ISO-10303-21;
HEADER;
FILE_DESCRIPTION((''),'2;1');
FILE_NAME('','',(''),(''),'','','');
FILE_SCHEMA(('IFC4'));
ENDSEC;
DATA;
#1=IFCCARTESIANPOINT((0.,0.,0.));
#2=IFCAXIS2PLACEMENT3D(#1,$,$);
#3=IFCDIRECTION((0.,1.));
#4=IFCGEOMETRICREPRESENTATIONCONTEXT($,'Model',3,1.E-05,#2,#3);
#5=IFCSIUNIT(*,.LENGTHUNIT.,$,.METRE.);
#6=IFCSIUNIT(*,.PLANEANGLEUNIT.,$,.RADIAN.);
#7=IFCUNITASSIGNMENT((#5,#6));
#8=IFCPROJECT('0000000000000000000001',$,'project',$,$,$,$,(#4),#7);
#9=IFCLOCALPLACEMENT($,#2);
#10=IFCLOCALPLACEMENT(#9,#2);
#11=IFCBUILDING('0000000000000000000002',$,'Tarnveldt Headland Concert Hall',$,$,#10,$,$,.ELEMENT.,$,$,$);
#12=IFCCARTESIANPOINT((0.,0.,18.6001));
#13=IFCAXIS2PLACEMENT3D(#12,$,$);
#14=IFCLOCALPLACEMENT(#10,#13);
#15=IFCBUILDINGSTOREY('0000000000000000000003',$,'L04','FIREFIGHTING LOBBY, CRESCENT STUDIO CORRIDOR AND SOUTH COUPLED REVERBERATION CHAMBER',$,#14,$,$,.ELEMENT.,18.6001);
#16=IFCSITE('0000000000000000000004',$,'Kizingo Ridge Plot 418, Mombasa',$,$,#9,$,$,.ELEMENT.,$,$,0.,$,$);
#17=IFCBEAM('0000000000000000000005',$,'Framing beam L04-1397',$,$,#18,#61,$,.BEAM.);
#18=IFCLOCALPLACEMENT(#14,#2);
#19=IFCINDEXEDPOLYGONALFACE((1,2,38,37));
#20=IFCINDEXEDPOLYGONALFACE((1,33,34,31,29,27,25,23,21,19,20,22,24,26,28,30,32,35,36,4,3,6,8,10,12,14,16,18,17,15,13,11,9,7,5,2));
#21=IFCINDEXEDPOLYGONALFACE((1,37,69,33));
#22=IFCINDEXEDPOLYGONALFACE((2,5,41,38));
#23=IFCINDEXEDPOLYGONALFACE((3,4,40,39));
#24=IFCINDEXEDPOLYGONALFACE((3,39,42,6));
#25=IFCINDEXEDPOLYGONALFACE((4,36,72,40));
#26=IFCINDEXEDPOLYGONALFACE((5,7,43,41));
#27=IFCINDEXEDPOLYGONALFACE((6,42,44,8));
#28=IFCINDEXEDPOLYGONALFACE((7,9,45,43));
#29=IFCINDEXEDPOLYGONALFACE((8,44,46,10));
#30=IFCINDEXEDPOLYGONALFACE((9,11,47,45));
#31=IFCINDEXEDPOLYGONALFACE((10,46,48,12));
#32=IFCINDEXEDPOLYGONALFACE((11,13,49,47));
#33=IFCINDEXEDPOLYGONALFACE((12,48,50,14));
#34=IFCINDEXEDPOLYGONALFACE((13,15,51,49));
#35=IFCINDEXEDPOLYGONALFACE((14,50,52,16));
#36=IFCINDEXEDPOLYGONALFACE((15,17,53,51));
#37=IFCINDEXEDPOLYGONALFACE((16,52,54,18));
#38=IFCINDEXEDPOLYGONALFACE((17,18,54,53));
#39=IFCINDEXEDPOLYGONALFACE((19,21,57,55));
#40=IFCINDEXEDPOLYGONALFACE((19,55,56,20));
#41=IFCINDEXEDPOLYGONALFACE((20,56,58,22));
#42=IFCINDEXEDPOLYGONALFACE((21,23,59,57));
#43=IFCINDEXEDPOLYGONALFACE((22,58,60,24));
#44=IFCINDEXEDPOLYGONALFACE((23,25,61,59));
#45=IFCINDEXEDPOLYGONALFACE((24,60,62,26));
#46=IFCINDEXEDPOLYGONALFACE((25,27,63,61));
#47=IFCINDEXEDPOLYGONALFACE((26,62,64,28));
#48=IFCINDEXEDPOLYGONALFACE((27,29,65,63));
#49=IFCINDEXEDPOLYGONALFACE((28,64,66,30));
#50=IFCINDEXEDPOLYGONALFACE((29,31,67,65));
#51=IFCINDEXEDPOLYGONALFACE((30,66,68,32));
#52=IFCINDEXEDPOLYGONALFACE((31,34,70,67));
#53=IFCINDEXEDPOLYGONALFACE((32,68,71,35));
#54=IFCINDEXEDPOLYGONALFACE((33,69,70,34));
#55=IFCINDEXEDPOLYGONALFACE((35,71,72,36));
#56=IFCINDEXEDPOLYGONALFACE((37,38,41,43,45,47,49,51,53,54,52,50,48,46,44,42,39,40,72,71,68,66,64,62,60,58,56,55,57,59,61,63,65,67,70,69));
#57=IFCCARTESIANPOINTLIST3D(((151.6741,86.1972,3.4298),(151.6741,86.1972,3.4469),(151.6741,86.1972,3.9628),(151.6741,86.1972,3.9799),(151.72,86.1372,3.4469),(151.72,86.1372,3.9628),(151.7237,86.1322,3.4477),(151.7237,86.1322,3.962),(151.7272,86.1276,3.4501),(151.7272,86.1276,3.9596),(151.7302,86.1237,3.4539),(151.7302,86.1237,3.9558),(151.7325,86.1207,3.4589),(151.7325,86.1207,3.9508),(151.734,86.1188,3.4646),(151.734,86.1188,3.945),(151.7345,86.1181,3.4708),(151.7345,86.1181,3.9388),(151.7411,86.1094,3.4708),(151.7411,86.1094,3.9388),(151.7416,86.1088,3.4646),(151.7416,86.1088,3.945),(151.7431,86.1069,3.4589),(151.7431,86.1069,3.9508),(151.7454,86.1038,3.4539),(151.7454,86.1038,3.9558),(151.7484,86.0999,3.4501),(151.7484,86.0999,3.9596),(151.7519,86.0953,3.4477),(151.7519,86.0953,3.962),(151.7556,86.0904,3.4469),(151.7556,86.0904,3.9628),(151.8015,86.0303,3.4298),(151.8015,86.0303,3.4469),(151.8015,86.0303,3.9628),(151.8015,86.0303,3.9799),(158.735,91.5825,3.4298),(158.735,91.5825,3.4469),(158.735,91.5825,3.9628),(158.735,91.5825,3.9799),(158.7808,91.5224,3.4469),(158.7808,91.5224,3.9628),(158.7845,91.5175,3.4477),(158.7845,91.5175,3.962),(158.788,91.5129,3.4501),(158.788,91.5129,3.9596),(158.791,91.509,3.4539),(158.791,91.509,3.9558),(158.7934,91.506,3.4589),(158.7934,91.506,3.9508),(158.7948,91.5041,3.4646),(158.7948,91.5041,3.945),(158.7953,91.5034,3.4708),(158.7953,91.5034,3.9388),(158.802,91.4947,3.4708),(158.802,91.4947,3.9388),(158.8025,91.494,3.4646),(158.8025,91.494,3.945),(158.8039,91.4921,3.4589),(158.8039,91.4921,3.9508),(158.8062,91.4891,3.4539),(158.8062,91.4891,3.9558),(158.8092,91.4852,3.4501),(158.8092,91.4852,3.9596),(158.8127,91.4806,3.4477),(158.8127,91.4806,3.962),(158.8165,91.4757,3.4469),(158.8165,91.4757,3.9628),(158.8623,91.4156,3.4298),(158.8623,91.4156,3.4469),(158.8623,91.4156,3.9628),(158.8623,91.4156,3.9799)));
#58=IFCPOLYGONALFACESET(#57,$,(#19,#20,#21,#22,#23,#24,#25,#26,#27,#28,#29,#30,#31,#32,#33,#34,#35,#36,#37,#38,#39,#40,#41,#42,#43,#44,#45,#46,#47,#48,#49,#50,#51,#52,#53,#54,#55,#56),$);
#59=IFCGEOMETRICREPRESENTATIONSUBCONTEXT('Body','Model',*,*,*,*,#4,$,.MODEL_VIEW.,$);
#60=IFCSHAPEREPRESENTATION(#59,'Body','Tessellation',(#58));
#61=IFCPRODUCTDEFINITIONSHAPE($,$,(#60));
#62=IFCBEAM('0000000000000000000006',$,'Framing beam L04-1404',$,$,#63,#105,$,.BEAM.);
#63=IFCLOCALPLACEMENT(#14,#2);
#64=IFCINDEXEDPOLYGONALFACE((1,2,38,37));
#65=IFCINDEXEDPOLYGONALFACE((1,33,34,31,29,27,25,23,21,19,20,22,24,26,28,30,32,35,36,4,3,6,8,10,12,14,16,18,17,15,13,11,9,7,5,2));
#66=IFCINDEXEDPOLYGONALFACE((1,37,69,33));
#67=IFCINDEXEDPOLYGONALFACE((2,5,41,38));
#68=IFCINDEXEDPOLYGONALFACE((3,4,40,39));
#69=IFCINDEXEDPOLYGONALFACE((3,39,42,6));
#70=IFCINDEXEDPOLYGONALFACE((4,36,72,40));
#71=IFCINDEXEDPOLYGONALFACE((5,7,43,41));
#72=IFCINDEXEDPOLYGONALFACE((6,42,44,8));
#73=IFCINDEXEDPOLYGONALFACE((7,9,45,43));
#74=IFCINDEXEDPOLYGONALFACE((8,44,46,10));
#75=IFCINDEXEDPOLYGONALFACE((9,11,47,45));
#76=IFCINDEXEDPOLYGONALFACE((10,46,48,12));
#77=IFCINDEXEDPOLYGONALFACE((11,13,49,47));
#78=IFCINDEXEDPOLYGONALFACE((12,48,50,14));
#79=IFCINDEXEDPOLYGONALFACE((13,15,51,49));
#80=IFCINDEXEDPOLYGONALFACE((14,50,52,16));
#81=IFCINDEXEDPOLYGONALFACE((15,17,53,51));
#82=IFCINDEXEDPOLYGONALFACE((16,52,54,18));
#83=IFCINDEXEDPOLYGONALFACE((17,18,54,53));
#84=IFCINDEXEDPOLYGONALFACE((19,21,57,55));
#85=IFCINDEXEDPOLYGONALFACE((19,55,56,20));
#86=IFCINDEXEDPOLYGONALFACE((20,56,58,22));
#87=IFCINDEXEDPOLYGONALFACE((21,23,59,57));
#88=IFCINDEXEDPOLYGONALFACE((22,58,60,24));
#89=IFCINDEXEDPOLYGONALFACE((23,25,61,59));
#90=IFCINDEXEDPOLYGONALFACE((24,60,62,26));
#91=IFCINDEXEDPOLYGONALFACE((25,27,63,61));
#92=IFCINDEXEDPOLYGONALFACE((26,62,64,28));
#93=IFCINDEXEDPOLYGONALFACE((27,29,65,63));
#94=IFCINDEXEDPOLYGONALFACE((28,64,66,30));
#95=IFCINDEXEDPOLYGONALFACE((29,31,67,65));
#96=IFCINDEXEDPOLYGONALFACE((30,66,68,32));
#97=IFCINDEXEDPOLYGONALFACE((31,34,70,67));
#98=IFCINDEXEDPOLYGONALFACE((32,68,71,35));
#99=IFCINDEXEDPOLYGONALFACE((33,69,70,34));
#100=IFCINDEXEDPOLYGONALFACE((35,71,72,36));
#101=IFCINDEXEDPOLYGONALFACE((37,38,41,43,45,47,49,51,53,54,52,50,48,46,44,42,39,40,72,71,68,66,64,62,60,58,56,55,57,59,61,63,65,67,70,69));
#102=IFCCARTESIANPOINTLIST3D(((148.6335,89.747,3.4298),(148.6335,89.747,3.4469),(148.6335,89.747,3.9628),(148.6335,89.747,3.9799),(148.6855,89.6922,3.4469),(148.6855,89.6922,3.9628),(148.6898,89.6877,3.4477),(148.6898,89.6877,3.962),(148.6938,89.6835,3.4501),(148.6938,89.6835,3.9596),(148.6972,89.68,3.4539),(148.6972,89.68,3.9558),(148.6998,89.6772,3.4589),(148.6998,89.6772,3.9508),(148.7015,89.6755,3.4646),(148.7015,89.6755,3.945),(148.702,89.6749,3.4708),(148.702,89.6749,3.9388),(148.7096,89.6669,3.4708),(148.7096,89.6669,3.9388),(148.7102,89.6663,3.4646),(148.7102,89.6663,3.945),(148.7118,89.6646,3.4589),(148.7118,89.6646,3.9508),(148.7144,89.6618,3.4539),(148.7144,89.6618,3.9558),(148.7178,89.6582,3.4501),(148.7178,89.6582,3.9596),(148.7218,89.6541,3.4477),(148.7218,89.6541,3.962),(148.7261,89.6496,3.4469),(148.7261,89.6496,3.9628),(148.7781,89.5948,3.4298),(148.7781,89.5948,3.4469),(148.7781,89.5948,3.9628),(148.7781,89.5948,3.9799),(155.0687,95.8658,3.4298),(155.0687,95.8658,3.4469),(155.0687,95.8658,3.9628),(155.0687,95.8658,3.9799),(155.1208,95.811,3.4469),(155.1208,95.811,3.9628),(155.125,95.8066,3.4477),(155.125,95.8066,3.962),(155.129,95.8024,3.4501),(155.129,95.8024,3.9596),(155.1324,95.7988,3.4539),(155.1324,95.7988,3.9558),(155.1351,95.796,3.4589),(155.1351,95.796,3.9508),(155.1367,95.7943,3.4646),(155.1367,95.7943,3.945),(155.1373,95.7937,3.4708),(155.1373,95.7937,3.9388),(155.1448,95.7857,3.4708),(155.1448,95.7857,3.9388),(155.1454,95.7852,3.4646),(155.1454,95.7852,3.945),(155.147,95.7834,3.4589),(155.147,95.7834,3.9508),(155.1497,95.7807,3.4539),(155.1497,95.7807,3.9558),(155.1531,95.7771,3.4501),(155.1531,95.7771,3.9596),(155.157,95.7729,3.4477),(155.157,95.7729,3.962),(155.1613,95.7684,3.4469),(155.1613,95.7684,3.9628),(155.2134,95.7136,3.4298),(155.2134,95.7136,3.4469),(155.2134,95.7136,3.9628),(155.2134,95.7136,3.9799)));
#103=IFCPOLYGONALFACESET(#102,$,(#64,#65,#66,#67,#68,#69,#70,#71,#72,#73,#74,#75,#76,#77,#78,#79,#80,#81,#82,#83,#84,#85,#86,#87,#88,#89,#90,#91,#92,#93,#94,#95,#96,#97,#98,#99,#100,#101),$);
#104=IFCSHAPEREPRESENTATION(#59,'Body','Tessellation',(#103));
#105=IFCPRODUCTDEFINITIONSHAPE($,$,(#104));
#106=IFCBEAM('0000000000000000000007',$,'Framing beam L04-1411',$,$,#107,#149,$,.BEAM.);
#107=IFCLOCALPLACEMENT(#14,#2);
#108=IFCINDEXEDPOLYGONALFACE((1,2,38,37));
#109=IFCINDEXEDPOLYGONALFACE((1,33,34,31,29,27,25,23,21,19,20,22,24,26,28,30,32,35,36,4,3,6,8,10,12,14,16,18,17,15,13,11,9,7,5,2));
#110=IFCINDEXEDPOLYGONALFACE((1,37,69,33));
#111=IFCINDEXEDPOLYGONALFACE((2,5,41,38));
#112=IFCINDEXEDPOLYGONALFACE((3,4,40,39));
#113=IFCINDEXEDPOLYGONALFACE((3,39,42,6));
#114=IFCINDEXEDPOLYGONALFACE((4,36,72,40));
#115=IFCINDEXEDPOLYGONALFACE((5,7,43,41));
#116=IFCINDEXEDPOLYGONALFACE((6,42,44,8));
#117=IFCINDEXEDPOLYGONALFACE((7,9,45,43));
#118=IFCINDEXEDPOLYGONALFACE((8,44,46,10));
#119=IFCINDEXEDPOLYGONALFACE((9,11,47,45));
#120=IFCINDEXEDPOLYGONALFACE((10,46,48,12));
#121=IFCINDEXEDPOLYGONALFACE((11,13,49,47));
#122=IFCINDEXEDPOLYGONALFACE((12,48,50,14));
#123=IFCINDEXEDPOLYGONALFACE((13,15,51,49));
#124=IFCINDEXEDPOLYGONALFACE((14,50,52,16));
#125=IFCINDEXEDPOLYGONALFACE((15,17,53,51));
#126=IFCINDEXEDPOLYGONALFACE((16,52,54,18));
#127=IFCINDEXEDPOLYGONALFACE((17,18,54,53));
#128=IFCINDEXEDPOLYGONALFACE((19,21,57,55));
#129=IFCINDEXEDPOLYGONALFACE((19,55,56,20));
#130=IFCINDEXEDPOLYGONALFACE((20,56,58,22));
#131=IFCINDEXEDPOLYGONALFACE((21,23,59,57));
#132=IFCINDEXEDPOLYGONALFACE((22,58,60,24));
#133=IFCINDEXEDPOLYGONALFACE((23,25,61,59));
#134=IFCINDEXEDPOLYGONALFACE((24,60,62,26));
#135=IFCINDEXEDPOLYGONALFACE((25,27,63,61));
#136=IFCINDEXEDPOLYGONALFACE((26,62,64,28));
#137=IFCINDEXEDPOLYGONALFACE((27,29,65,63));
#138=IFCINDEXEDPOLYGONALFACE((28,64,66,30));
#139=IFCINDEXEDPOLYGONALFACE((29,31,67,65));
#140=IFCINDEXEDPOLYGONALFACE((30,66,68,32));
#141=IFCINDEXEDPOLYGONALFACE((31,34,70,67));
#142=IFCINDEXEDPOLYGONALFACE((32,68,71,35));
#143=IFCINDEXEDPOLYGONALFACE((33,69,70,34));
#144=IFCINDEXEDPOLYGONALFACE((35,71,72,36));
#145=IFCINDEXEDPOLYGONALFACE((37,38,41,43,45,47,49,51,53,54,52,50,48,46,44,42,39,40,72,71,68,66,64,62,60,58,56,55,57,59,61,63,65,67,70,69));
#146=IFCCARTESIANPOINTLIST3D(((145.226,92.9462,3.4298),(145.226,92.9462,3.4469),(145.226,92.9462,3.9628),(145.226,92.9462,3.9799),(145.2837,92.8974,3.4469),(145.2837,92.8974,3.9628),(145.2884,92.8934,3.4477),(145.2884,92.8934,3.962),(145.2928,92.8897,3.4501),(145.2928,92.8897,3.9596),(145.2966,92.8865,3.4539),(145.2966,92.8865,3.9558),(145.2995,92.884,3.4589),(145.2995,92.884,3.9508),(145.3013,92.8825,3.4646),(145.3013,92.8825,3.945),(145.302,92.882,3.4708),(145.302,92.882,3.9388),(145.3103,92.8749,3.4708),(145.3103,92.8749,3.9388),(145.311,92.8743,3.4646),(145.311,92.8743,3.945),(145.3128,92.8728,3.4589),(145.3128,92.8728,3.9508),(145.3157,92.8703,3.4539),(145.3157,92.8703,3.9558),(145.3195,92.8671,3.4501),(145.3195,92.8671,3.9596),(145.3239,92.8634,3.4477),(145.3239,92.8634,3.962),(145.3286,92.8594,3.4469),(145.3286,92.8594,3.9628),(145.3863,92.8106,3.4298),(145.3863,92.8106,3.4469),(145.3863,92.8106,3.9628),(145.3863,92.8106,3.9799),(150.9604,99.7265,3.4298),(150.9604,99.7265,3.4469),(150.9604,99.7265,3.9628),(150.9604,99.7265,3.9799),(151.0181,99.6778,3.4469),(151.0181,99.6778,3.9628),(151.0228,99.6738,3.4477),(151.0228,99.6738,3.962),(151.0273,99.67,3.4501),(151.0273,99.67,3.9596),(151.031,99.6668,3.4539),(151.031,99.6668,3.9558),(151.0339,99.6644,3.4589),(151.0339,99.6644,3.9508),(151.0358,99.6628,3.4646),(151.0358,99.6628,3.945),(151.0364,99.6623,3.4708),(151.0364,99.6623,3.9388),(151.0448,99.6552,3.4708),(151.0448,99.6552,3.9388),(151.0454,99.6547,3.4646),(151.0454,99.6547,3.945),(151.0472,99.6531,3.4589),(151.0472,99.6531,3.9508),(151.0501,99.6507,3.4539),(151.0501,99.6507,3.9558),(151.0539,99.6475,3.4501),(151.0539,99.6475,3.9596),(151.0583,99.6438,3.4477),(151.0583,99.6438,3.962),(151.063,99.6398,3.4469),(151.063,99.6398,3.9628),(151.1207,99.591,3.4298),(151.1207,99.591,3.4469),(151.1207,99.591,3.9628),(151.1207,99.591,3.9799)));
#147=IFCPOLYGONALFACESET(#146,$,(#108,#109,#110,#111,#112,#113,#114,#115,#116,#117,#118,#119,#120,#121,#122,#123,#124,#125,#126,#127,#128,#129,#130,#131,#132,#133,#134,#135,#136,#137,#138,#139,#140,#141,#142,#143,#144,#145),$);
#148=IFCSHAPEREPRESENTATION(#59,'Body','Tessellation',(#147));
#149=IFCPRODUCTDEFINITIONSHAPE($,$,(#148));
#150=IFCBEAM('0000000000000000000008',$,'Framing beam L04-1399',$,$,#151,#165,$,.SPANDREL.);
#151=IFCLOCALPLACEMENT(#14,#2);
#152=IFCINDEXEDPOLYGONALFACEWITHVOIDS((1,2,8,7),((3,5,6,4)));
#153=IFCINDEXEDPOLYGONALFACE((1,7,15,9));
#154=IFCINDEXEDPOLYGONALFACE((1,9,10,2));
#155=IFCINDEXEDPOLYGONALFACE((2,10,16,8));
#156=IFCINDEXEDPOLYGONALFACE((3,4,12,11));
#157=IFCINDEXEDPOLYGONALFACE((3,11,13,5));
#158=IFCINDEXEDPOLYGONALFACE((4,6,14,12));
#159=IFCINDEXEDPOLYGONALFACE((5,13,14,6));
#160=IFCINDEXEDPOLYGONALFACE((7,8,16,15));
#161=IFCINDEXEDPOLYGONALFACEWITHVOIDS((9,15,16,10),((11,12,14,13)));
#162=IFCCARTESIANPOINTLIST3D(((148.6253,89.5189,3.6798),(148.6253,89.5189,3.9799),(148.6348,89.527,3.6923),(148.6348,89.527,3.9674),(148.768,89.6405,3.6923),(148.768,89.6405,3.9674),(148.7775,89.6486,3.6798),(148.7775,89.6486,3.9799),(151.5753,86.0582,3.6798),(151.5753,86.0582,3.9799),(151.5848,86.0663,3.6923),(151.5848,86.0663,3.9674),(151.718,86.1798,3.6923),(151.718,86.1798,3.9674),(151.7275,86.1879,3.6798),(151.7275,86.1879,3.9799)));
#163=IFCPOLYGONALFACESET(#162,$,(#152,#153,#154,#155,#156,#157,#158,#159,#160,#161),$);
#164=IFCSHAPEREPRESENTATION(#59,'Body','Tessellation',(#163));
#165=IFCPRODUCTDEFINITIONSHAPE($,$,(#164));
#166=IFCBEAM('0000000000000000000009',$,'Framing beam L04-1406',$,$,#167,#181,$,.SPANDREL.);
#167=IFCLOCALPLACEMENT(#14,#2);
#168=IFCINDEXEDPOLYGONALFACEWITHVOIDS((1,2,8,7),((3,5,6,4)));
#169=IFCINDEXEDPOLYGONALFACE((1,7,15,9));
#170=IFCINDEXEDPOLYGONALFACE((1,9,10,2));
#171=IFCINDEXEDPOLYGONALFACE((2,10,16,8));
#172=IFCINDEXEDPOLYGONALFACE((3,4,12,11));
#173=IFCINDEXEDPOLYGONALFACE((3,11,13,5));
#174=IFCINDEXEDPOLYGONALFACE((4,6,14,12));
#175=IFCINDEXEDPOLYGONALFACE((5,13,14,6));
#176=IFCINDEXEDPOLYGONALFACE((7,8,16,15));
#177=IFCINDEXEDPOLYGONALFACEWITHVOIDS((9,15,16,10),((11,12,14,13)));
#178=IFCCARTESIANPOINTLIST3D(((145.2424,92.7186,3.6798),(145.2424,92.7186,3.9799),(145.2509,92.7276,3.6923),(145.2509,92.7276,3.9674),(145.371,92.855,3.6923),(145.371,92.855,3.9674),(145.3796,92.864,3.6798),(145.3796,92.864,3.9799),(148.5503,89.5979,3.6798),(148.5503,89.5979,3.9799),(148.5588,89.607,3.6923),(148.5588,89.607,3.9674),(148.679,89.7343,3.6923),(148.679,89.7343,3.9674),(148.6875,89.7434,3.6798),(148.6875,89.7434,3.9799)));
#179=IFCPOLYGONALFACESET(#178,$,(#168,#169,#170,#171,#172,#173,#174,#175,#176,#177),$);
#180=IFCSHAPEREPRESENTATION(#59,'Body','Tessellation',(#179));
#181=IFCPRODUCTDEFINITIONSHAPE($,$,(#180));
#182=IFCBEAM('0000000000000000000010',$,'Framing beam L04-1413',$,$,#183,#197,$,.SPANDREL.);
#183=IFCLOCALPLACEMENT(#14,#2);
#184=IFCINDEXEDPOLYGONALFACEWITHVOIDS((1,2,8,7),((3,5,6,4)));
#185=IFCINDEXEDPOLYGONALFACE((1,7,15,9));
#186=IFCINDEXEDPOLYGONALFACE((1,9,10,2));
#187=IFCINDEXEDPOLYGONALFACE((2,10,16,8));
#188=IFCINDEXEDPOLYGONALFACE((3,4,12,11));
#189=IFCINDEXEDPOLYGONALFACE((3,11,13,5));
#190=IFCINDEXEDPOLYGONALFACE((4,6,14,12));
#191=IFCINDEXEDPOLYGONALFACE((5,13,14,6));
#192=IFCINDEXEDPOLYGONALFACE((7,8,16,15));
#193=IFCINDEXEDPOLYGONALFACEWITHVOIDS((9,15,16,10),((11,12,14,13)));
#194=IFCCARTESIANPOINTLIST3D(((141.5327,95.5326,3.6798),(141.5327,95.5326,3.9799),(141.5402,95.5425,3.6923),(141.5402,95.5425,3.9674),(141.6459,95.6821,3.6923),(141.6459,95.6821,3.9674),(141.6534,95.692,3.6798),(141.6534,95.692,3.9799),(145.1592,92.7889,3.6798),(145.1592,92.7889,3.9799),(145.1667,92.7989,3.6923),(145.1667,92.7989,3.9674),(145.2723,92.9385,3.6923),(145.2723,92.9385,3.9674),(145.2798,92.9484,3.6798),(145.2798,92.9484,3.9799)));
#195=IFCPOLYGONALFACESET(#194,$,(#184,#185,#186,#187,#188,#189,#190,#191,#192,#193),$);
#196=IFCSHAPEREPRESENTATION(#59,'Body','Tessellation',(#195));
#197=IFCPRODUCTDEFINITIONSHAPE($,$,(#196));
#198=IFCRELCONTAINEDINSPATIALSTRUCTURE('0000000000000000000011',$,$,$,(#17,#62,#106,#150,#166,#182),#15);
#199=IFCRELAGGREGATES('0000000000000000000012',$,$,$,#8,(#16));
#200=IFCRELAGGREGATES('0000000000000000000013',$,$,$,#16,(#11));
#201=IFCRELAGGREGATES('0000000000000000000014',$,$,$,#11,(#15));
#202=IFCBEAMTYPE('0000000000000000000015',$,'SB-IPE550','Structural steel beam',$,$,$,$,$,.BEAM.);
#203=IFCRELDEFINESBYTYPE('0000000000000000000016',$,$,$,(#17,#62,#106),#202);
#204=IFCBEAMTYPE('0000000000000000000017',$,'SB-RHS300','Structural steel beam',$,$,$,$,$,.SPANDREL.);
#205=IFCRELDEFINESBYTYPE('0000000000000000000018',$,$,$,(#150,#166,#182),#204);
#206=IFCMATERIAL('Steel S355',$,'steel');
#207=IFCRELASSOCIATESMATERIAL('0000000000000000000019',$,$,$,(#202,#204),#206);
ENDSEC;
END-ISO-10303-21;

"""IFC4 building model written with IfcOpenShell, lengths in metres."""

from ifc_helpers import new_model, si_unit, direction, frame, origin, origin_2d, place, context, subcontext, project, spatial, hollow_rectangle, i_section, extrude, material, material_profile, profile_set, type_object, element, save


model = new_model("IFC4")

# Units and contexts
model_context = context("Model", 3, precision=1e-05, world=origin(), true_north=direction((0.0, 1.0)))
body_context = subcontext(model_context, "Body", "Model", "MODEL_VIEW")
ifc_project = project(units=[si_unit("LENGTHUNIT", "METRE"), si_unit("PLANEANGLEUNIT", "RADIAN")], contexts=[model_context])

# Site, building, storey
site_placement = place(None, origin())
site = spatial("IfcSite", under=ifc_project, at=site_placement, Name="Kizingo Ridge Plot 418, Mombasa", CompositionType="ELEMENT", RefElevation=0.0)
building_placement = place(site_placement, origin())
building = spatial("IfcBuilding", under=site, at=building_placement, Name="Tarnveldt Headland Concert Hall", CompositionType="ELEMENT")
storey_placement = place(building_placement, frame((0.0, 0.0, 18.6001)))
storey = spatial("IfcBuildingStorey", under=building, at=storey_placement, Name="L04", Description="FIREFIGHTING LOBBY, CRESCENT STUDIO CORRIDOR AND SOUTH COUPLED REVERBERATION CHAMBER", CompositionType="ELEMENT", Elevation=18.6001)

# Shared definitions
ifc_material_1 = material(Name="Steel S355", Category="steel")

# Beams
ifc_material_profile_1 = material_profile(ifc_material_1, i_section(OverallWidth=0.21, OverallDepth=0.55, WebThickness=0.011, FlangeThickness=0.0171, FilletRadius=0.0239, at=origin_2d()), Name="IPE550", Category="steel")
ifc_profile_set_1 = profile_set([ifc_material_profile_1], Name="Steel S355")
beam_type_1 = type_object("IfcBeamType", Name="SB-IPE550", Description="Structural steel beam", PredefinedType="BEAM", material=ifc_profile_set_1)
beam_1_placement = place(storey_placement, frame((151.7378, 86.1138, 3.7048), z_axis=(0.795127, 0.606442, 0.0), x_axis=(-0.606442, 0.795127, 0.0)))
element("IfcBeam", 1, at=beam_1_placement, inside=storey, type_object=beam_type_1, Name="Framing beam L04-1397", PredefinedType="BEAM", context=body_context, shape_type="SweptSolid", body=[
    extrude(i_section(OverallWidth=0.21, OverallDepth=0.55, WebThickness=0.011, FlangeThickness=0.0171, FilletRadius=0.0239, at=origin_2d()), origin(), (0.0, 0.0, 1.0), 8.8801),
])
beam_2_placement = place(storey_placement, frame((148.7058, 89.6709, 3.7048), z_axis=(0.724698, 0.689067, 0.0), x_axis=(-0.689067, 0.724698, 0.0)))
element("IfcBeam", 2, at=beam_2_placement, inside=storey, type_object=beam_type_1, Name="Framing beam L04-1404", PredefinedType="BEAM", context=body_context, shape_type="SweptSolid", body=[
    extrude(i_section(OverallWidth=0.21, OverallDepth=0.55, WebThickness=0.011, FlangeThickness=0.0171, FilletRadius=0.0239, at=origin_2d()), origin(), (0.0, 0.0, 1.0), 8.8799),
])
beam_3_placement = place(storey_placement, frame((145.3062, 92.8784, 3.7048), z_axis=(0.64576, 0.763541, 0.0), x_axis=(-0.763541, 0.64576, 0.0)))
element("IfcBeam", 3, at=beam_3_placement, inside=storey, type_object=beam_type_1, Name="Framing beam L04-1411", PredefinedType="BEAM", context=body_context, shape_type="SweptSolid", body=[
    extrude(i_section(OverallWidth=0.21, OverallDepth=0.55, WebThickness=0.011, FlangeThickness=0.0171, FilletRadius=0.0239, at=origin_2d()), origin(), (0.0, 0.0, 1.0), 8.8801),
])
ifc_material_profile_2 = material_profile(ifc_material_1, hollow_rectangle(XDim=0.2, YDim=0.3, WallThickness=0.0125, at=origin_2d()), Name="RHS 300x200x12.5", Category="steel")
ifc_profile_set_2 = profile_set([ifc_material_profile_2], Name="Steel S355")
beam_type_2 = type_object("IfcBeamType", Name="SB-RHS300", Description="Structural steel beam", PredefinedType="SPANDREL", material=ifc_profile_set_2)
beam_4_placement = place(storey_placement, frame((151.6514, 86.123, 3.8298), z_axis=(-0.648715, 0.761031, 0.0), x_axis=(-0.761031, -0.648715, 0.0)))
element("IfcBeam", 4, at=beam_4_placement, inside=storey, type_object=beam_type_2, Name="Framing beam L04-1399", PredefinedType="SPANDREL", context=body_context, shape_type="SweptSolid", body=[
    extrude(hollow_rectangle(XDim=0.2, YDim=0.3, WallThickness=0.0125, at=origin_2d()), origin(), (0.0, 0.0, 1.0), 4.5474),
])
beam_5_placement = place(storey_placement, frame((148.6189, 89.6707, 3.8298), z_axis=(-0.727396, 0.686218, 0.0), x_axis=(-0.686218, -0.727396, 0.0)))
element("IfcBeam", 5, at=beam_5_placement, inside=storey, type_object=beam_type_2, Name="Framing beam L04-1406", PredefinedType="SPANDREL", context=body_context, shape_type="SweptSolid", body=[
    extrude(hollow_rectangle(XDim=0.2, YDim=0.3, WallThickness=0.0125, at=origin_2d()), origin(), (0.0, 0.0, 1.0), 4.5476),
])
beam_6_placement = place(storey_placement, frame((145.2195, 92.8687, 3.8298), z_axis=(-0.79748, 0.603345, 0.0), x_axis=(-0.603345, -0.79748, 0.0)))
element("IfcBeam", 6, at=beam_6_placement, inside=storey, type_object=beam_type_2, Name="Framing beam L04-1413", PredefinedType="SPANDREL", context=body_context, shape_type="SweptSolid", body=[
    extrude(hollow_rectangle(XDim=0.2, YDim=0.3, WallThickness=0.0125, at=origin_2d()), origin(), (0.0, 0.0, 1.0), 4.5474),
])

save(model, "model.ifc")
